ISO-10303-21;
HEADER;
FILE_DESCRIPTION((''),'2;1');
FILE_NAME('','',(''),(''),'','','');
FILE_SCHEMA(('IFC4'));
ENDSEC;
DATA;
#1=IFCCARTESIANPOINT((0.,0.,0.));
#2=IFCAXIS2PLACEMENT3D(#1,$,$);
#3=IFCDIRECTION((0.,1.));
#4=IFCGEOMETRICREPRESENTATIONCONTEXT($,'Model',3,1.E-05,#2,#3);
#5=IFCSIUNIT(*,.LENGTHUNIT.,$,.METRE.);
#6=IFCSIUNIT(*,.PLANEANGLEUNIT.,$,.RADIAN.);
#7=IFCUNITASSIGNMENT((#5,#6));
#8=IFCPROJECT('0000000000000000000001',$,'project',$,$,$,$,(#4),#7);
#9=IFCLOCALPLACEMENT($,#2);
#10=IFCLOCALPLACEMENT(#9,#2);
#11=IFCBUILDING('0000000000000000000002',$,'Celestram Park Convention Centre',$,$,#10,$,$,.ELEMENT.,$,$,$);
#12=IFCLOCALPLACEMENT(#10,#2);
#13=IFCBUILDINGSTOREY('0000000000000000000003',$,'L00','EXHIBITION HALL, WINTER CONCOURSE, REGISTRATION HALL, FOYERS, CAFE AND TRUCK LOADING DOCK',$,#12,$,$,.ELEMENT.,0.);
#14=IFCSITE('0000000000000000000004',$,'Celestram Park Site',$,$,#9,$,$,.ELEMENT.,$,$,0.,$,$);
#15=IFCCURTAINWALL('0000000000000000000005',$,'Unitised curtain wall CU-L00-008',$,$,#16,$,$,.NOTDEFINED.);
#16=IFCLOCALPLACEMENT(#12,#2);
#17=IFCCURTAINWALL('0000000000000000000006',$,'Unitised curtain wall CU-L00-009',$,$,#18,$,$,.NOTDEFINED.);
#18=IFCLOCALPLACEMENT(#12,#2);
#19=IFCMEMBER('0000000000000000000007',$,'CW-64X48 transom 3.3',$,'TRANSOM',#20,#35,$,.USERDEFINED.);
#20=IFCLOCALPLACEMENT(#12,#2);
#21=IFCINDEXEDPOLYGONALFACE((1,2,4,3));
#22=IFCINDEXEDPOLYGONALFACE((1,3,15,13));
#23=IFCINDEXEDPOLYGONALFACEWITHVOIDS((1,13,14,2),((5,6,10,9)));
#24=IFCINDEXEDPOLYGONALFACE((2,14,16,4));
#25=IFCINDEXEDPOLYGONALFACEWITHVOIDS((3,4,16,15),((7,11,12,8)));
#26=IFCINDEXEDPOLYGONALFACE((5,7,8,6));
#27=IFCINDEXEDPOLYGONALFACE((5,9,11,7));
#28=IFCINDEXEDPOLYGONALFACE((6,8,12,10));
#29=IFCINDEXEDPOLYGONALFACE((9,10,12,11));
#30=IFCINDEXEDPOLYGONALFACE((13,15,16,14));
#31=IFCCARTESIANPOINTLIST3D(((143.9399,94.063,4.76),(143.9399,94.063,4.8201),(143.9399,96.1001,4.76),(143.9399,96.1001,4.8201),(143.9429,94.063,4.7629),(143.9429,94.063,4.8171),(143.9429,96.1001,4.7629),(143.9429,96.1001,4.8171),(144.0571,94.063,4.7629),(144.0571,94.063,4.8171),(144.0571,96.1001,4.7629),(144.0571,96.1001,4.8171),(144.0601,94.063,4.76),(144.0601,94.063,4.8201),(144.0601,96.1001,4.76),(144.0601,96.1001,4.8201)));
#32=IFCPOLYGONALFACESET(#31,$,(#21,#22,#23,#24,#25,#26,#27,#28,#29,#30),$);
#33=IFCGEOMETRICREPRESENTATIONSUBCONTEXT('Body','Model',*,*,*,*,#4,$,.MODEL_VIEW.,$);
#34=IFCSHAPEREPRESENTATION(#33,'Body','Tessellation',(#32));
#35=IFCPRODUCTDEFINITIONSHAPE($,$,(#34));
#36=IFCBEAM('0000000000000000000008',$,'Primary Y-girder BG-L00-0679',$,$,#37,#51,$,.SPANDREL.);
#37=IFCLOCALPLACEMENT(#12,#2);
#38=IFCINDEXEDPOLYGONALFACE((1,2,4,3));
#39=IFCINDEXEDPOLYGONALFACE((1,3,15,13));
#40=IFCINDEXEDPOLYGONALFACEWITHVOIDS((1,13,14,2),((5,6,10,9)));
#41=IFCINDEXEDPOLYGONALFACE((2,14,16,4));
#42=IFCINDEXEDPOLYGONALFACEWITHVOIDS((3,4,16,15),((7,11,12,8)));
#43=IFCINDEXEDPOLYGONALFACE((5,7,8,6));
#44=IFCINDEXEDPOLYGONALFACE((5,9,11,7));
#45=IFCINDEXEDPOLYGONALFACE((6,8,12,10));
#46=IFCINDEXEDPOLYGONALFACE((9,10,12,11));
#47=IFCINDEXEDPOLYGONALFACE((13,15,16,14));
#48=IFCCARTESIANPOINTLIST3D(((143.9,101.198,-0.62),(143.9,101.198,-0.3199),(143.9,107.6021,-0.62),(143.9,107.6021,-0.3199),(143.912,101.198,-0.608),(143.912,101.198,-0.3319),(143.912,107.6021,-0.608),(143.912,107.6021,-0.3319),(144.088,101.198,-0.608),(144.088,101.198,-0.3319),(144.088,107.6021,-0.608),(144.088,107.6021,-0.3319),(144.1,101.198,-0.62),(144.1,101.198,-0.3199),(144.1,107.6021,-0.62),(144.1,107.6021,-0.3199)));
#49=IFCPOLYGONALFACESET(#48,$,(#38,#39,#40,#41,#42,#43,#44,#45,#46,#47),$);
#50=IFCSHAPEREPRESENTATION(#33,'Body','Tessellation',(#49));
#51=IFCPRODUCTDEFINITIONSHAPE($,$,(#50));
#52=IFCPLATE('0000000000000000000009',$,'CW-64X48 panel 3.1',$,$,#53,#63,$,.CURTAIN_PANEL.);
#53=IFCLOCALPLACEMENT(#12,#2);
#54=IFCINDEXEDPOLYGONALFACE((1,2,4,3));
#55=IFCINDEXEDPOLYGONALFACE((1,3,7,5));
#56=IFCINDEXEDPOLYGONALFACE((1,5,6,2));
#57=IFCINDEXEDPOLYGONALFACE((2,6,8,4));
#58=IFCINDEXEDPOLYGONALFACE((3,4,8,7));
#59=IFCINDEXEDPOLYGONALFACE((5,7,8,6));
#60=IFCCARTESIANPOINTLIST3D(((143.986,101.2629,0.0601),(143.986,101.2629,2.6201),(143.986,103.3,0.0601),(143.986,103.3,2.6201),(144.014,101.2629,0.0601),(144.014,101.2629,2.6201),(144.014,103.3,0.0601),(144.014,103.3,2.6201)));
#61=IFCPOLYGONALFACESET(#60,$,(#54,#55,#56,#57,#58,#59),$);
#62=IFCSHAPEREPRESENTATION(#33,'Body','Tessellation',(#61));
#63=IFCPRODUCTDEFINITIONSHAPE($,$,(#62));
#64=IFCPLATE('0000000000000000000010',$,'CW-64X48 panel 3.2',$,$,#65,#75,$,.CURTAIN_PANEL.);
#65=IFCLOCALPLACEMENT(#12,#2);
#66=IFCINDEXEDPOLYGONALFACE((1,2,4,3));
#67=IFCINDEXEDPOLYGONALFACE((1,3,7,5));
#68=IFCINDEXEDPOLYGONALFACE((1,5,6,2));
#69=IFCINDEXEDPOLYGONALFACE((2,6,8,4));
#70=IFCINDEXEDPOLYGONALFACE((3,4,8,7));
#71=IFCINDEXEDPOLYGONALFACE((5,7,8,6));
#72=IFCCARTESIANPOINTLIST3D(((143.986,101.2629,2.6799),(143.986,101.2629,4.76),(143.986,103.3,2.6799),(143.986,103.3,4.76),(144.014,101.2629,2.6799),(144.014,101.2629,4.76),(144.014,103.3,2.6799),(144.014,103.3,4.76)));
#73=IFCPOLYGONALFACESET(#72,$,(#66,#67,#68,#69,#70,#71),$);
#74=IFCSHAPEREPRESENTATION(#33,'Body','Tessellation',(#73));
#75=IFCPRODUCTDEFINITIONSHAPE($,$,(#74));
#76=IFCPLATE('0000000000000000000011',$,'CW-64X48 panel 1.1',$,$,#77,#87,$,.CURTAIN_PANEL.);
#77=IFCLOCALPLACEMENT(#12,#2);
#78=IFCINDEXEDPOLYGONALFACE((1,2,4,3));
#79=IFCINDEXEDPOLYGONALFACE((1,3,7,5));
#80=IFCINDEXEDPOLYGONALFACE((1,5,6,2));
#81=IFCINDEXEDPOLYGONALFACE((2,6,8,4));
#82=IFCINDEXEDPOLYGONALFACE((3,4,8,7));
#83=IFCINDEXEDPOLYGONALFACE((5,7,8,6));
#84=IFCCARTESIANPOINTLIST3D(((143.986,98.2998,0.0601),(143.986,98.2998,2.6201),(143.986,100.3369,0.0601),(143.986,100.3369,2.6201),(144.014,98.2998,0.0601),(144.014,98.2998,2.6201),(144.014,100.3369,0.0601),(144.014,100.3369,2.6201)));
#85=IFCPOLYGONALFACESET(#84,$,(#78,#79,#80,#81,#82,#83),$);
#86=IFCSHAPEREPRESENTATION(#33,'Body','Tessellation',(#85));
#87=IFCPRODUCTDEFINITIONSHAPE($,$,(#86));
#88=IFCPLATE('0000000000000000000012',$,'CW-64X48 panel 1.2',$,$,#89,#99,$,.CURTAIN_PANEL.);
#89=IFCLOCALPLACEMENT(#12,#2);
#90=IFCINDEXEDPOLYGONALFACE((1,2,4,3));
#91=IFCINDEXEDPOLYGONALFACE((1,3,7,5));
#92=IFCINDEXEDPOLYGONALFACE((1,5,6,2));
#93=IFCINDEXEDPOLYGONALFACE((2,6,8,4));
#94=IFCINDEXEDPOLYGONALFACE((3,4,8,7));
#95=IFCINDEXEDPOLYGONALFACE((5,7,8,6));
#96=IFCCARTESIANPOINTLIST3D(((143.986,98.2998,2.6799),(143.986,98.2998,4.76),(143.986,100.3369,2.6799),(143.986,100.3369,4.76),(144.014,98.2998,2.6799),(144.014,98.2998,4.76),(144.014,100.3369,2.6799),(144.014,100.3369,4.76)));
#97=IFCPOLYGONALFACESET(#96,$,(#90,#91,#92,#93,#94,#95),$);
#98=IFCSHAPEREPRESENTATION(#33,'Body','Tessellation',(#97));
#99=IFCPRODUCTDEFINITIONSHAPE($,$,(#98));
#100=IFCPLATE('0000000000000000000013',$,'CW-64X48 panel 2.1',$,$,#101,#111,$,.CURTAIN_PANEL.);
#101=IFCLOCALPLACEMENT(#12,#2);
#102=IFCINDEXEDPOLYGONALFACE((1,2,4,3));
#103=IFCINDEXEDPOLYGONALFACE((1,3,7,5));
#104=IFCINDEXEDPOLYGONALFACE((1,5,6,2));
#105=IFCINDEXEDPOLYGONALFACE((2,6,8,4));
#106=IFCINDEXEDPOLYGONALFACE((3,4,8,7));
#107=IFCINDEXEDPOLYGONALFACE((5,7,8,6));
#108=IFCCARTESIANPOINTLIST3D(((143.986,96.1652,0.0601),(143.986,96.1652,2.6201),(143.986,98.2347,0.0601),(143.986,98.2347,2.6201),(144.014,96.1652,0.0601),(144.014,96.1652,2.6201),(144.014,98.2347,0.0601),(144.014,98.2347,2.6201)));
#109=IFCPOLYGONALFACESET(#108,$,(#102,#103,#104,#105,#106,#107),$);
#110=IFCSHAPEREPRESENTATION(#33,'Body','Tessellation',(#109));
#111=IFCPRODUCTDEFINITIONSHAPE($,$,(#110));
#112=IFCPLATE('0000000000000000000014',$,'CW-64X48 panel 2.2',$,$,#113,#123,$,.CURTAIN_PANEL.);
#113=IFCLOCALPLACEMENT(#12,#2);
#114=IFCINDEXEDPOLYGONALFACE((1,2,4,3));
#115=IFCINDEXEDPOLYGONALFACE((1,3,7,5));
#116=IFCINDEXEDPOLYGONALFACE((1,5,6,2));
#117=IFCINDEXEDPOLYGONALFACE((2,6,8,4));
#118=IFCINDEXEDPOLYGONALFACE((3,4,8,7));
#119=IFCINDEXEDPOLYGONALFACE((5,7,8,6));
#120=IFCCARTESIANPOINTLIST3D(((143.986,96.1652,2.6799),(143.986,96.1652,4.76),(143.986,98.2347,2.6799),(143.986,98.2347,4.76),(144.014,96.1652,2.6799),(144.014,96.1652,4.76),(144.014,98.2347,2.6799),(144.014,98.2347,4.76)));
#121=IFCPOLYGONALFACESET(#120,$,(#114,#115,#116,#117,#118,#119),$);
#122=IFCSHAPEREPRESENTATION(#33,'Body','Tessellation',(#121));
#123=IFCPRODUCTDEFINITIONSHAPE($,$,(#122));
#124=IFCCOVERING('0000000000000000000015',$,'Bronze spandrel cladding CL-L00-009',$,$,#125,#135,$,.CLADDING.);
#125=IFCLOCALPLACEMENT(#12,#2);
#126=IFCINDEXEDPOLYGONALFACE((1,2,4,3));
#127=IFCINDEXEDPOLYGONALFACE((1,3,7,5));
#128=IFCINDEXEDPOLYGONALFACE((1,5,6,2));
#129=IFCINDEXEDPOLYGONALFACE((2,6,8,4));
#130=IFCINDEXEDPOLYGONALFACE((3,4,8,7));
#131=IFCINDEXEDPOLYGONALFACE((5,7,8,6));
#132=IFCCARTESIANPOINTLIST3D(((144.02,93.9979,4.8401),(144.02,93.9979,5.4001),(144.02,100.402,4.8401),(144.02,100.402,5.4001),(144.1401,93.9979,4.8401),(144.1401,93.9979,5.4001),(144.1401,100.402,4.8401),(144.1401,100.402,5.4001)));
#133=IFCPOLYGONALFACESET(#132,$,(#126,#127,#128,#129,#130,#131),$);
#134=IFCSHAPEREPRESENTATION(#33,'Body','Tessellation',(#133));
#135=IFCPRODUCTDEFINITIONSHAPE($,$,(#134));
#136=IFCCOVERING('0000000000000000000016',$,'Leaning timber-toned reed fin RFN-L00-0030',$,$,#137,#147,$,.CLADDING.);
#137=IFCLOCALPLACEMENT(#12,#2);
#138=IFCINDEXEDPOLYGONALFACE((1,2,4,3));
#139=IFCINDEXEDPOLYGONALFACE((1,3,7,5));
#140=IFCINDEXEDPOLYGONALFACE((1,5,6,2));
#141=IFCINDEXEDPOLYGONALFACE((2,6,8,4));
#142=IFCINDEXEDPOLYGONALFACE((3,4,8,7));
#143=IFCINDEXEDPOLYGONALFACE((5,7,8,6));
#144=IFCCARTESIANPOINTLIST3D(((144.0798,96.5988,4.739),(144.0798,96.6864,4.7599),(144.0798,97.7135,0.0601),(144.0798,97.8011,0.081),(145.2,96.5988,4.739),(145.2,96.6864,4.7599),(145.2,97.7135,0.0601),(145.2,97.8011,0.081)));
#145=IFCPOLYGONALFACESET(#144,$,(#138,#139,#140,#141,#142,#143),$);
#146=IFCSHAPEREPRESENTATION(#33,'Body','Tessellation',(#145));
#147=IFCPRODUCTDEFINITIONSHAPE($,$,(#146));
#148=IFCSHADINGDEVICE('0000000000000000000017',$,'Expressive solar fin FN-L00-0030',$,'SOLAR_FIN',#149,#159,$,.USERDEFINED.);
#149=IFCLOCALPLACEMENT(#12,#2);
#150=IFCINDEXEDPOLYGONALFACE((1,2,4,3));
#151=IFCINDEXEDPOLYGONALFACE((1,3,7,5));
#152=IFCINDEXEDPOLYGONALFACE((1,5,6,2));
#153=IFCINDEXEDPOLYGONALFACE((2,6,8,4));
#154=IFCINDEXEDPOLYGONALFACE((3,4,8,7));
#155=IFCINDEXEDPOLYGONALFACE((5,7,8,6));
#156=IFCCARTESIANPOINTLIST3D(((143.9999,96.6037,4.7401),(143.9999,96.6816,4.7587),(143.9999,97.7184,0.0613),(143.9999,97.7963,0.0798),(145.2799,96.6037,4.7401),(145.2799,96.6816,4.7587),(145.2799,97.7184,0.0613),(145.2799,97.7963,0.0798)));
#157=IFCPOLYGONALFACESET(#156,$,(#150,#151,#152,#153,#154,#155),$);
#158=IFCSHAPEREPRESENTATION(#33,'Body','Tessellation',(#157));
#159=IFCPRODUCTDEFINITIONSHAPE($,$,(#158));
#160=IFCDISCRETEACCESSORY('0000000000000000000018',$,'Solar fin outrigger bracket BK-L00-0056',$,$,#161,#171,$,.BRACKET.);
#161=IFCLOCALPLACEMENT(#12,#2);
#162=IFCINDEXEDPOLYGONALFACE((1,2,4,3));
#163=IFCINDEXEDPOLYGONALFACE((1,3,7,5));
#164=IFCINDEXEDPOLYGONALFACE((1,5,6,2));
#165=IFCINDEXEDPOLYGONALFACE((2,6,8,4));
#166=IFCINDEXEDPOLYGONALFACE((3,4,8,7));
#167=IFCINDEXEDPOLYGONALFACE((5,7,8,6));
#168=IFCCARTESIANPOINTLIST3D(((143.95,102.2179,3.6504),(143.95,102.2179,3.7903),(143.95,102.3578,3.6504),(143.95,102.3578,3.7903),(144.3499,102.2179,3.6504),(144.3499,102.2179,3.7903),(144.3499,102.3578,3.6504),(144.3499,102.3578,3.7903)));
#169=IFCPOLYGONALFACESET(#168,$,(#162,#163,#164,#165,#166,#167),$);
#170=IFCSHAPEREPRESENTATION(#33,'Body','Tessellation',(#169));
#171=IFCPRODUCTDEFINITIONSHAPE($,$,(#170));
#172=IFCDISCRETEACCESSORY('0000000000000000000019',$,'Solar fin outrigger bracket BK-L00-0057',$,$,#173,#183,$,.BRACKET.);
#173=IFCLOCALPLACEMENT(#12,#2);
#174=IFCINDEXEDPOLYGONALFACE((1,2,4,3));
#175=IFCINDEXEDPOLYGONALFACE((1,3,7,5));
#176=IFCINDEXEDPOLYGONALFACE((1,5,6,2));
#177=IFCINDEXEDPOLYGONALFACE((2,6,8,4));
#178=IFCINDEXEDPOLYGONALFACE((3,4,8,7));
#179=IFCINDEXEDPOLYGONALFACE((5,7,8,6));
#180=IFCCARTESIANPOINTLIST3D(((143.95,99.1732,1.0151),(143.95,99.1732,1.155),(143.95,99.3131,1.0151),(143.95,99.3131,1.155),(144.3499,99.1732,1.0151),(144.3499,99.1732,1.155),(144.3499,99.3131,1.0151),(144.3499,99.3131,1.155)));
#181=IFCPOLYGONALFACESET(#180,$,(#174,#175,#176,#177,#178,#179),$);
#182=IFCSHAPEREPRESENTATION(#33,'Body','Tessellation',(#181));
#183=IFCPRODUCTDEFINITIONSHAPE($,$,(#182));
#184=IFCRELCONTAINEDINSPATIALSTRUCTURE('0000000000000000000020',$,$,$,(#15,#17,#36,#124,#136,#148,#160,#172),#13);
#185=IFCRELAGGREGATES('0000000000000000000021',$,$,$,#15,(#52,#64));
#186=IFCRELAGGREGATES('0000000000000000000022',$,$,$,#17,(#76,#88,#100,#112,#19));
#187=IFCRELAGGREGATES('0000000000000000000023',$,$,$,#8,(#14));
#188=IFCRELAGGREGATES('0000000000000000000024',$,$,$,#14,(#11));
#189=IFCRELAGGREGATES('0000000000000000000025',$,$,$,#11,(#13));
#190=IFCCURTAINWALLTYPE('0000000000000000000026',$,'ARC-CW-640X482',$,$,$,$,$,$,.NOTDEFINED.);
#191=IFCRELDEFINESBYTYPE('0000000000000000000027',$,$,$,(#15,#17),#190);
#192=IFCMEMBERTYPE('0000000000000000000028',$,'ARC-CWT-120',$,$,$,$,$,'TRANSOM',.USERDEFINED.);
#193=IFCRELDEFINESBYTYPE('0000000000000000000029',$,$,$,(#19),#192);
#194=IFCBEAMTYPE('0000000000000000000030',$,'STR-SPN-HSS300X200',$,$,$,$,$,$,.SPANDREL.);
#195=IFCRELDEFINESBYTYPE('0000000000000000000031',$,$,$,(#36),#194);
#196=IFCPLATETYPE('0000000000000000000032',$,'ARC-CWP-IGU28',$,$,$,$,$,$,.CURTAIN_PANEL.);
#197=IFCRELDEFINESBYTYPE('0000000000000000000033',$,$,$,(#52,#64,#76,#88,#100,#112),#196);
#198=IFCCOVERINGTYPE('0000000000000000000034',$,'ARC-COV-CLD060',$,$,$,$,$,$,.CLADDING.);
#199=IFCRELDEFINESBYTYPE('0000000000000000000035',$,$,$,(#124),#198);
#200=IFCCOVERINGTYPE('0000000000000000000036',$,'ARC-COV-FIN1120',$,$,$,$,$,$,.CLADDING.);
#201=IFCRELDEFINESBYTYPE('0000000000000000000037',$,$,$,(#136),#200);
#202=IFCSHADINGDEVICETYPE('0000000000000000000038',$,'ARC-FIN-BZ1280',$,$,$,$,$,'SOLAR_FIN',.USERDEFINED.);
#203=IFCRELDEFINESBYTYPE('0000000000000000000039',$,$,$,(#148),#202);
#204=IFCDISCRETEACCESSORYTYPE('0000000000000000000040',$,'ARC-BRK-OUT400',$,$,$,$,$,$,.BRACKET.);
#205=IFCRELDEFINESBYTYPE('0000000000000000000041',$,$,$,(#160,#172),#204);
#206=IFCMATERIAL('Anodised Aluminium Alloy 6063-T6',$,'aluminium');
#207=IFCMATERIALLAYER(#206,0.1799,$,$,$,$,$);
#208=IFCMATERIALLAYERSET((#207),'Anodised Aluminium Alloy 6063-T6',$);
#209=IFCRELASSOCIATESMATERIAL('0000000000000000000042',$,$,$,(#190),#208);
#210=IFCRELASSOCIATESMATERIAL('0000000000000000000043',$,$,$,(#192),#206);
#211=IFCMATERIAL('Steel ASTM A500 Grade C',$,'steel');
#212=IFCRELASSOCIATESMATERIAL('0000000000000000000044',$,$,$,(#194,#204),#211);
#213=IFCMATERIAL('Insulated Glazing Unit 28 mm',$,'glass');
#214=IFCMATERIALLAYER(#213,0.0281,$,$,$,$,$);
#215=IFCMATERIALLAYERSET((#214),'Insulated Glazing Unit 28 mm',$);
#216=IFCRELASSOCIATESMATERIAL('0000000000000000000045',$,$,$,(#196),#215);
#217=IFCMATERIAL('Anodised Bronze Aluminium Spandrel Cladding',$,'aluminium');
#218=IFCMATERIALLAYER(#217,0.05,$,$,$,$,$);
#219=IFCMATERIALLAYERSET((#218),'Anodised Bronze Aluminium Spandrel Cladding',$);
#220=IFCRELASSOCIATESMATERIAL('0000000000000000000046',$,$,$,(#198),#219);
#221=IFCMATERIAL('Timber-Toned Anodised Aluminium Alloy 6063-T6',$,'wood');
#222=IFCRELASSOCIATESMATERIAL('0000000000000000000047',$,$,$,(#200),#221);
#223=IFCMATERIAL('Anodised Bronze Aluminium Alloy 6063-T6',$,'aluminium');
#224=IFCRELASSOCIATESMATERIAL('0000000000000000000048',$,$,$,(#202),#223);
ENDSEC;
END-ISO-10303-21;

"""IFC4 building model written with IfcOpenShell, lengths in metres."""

from ifc_helpers import new_model, si_unit, direction, frame, origin, origin_2d, place, context, subcontext, project, spatial, rectangle, hollow_rectangle, extrude, material, layer, layer_set, material_profile, profile_set, type_object, element, aggregate, save


model = new_model("IFC4")

# Units and contexts
model_context = context("Model", 3, precision=1e-05, world=origin(), true_north=direction((0.0, 1.0)))
body_context = subcontext(model_context, "Body", "Model", "MODEL_VIEW")
ifc_project = project(units=[si_unit("LENGTHUNIT", "METRE"), si_unit("PLANEANGLEUNIT", "RADIAN")], contexts=[model_context])

# Site, building, storey
site_placement = place(None, origin())
site = spatial("IfcSite", under=ifc_project, at=site_placement, Name="Celestram Park Site", CompositionType="ELEMENT", RefElevation=0.0)
building_placement = place(site_placement, origin())
building = spatial("IfcBuilding", under=site, at=building_placement, Name="Celestram Park Convention Centre", CompositionType="ELEMENT")
storey_placement = place(building_placement, origin())
storey = spatial("IfcBuildingStorey", under=building, at=storey_placement, Name="L00", Description="EXHIBITION HALL, WINTER CONCOURSE, REGISTRATION HALL, FOYERS, CAFE AND TRUCK LOADING DOCK", CompositionType="ELEMENT", Elevation=0.0)

# Curtain wall
ifc_material_1 = material(Name="Anodised Aluminium Alloy 6063-T6", Category="aluminium")
ifc_layer_1 = layer(ifc_material_1, 0.1799)
ifc_layer_set_1 = layer_set([ifc_layer_1], Name="Anodised Aluminium Alloy 6063-T6")
curtain_wall_type = type_object("IfcCurtainWallType", Name="ARC-CW-640X482", PredefinedType="NOTDEFINED", material=ifc_layer_set_1)
curtain_wall_1_placement = place(storey_placement, origin())
curtain_wall_1 = element("IfcCurtainWall", 1, at=curtain_wall_1_placement, inside=storey, type_object=curtain_wall_type, Name="Unitised curtain wall CU-L00-008", PredefinedType="NOTDEFINED")

# Curtain wall, member
curtain_wall_2_placement = place(storey_placement, origin())
curtain_wall_2 = element("IfcCurtainWall", 2, at=curtain_wall_2_placement, inside=storey, type_object=curtain_wall_type, Name="Unitised curtain wall CU-L00-009", PredefinedType="NOTDEFINED")
ifc_material_profile_1 = material_profile(ifc_material_1, hollow_rectangle(XDim=0.1201, YDim=0.0601, WallThickness=0.0029, at=origin_2d()), Name="ALU120X60X3")
ifc_profile_set_1 = profile_set([ifc_material_profile_1], Name="Anodised Aluminium Alloy 6063-T6")
member_type_1 = type_object("IfcMemberType", Name="ARC-CWT-120", ElementType="TRANSOM", PredefinedType="USERDEFINED", material=ifc_profile_set_1)
member_1_placement = place(storey_placement, frame((144.0, 96.1001, 4.79), z_axis=(0.0, -1.0, 0.0), x_axis=(1.0, 0.0, 0.0)))
member_1 = element("IfcMember", 3, at=member_1_placement, type_object=member_type_1, Name="CW-64X48 transom 3.3", ObjectType="TRANSOM", PredefinedType="USERDEFINED", context=body_context, shape_type="SweptSolid", body=[
    extrude(hollow_rectangle(XDim=0.1201, YDim=0.0601, WallThickness=0.0029, at=origin_2d()), origin(), (0.0, 0.0, 1.0), 2.0371),
])

# Beam
ifc_material_2 = material(Name="Steel ASTM A500 Grade C", Category="steel")
ifc_material_profile_2 = material_profile(ifc_material_2, hollow_rectangle(XDim=0.2, YDim=0.3, WallThickness=0.012, at=origin_2d()), Name="HSS300X200X12")
ifc_profile_set_2 = profile_set([ifc_material_profile_2], Name="Steel ASTM A500 Grade C")
beam_type = type_object("IfcBeamType", Name="STR-SPN-HSS300X200", PredefinedType="SPANDREL", material=ifc_profile_set_2)
beam_placement = place(storey_placement, frame((144.0, 101.198, -0.47), z_axis=(0.0, 1.0, 0.0), x_axis=(-1.0, 0.0, 0.0)))
element("IfcBeam", 4, at=beam_placement, inside=storey, type_object=beam_type, Name="Primary Y-girder BG-L00-0679", PredefinedType="SPANDREL", context=body_context, shape_type="SweptSolid", body=[
    extrude(hollow_rectangle(XDim=0.2, YDim=0.3, WallThickness=0.012, at=origin_2d()), origin(), (0.0, 0.0, 1.0), 6.4041),
])

# Plates
ifc_material_3 = material(Name="Insulated Glazing Unit 28 mm", Category="glass")
ifc_layer_2 = layer(ifc_material_3, 0.0281)
ifc_layer_set_2 = layer_set([ifc_layer_2], Name="Insulated Glazing Unit 28 mm")
plate_type = type_object("IfcPlateType", Name="ARC-CWP-IGU28", PredefinedType="CURTAIN_PANEL", material=ifc_layer_set_2)
plate_1_placement = place(storey_placement, frame((144.0, 102.2815, 0.0601), z_axis=(0.0, 0.0, 1.0), x_axis=(0.0, -1.0, 0.0)))
plate_1 = element("IfcPlate", 5, at=plate_1_placement, type_object=plate_type, Name="CW-64X48 panel 3.1", PredefinedType="CURTAIN_PANEL", context=body_context, shape_type="SweptSolid", body=[
    extrude(rectangle(XDim=2.0371, YDim=0.0281, at=origin_2d()), origin(), (0.0, 0.0, 1.0), 2.5601),
])
plate_2_placement = place(storey_placement, frame((144.0, 102.2815, 2.6799), z_axis=(0.0, 0.0, 1.0), x_axis=(0.0, -1.0, 0.0)))
plate_2 = element("IfcPlate", 6, at=plate_2_placement, type_object=plate_type, Name="CW-64X48 panel 3.2", PredefinedType="CURTAIN_PANEL", context=body_context, shape_type="SweptSolid", body=[
    extrude(rectangle(XDim=2.0371, YDim=0.0281, at=origin_2d()), origin(), (0.0, 0.0, 1.0), 2.0801),
])
aggregate(curtain_wall_1, [plate_1, plate_2])
plate_3_placement = place(storey_placement, frame((144.0, 99.3184, 0.0601), z_axis=(0.0, 0.0, 1.0), x_axis=(0.0, -1.0, 0.0)))
plate_3 = element("IfcPlate", 7, at=plate_3_placement, type_object=plate_type, Name="CW-64X48 panel 1.1", PredefinedType="CURTAIN_PANEL", context=body_context, shape_type="SweptSolid", body=[
    extrude(rectangle(XDim=2.0371, YDim=0.0281, at=origin_2d()), origin(), (0.0, 0.0, 1.0), 2.5601),
])
plate_4_placement = place(storey_placement, frame((144.0, 99.3184, 2.6799), z_axis=(0.0, 0.0, 1.0), x_axis=(0.0, -1.0, 0.0)))
plate_4 = element("IfcPlate", 8, at=plate_4_placement, type_object=plate_type, Name="CW-64X48 panel 1.2", PredefinedType="CURTAIN_PANEL", context=body_context, shape_type="SweptSolid", body=[
    extrude(rectangle(XDim=2.0371, YDim=0.0281, at=origin_2d()), origin(), (0.0, 0.0, 1.0), 2.0801),
])
plate_5_placement = place(storey_placement, frame((144.0, 97.2, 0.0601), z_axis=(0.0, 0.0, 1.0), x_axis=(0.0, -1.0, 0.0)))
plate_5 = element("IfcPlate", 9, at=plate_5_placement, type_object=plate_type, Name="CW-64X48 panel 2.1", PredefinedType="CURTAIN_PANEL", context=body_context, shape_type="SweptSolid", body=[
    extrude(rectangle(XDim=2.0696, YDim=0.0281, at=origin_2d()), origin(), (0.0, 0.0, 1.0), 2.5601),
])
plate_6_placement = place(storey_placement, frame((144.0, 97.2, 2.6799), z_axis=(0.0, 0.0, 1.0), x_axis=(0.0, -1.0, 0.0)))
plate_6 = element("IfcPlate", 10, at=plate_6_placement, type_object=plate_type, Name="CW-64X48 panel 2.2", PredefinedType="CURTAIN_PANEL", context=body_context, shape_type="SweptSolid", body=[
    extrude(rectangle(XDim=2.0696, YDim=0.0281, at=origin_2d()), origin(), (0.0, 0.0, 1.0), 2.0801),
])
aggregate(curtain_wall_2, [plate_3, plate_4, plate_5, plate_6, member_1])

# Coverings
ifc_material_4 = material(Name="Anodised Bronze Aluminium Spandrel Cladding", Category="aluminium")
ifc_layer_3 = layer(ifc_material_4, 0.05)
ifc_layer_set_3 = layer_set([ifc_layer_3], Name="Anodised Bronze Aluminium Spandrel Cladding")
covering_type_1 = type_object("IfcCoveringType", Name="ARC-COV-CLD060", PredefinedType="CLADDING", material=ifc_layer_set_3)
covering_1_placement = place(storey_placement, frame((144.0801, 97.2, 4.8401), z_axis=(0.0, 0.0, 1.0), x_axis=(0.0, -1.0, 0.0)))
element("IfcCovering", 11, at=covering_1_placement, inside=storey, type_object=covering_type_1, Name="Bronze spandrel cladding CL-L00-009", PredefinedType="CLADDING", context=body_context, shape_type="SweptSolid", body=[
    extrude(rectangle(XDim=6.4041, YDim=0.1201, at=origin_2d()), origin(), (0.0, 0.0, 1.0), 0.5601),
])
ifc_material_5 = material(Name="Timber-Toned Anodised Aluminium Alloy 6063-T6", Category="wood")
ifc_material_profile_3 = material_profile(ifc_material_5, rectangle(XDim=1.1201, YDim=0.0901, at=origin_2d()), Name="REED1120X90")
ifc_profile_set_3 = profile_set([ifc_material_profile_3], Name="Timber-Toned Anodised Aluminium Alloy 6063-T6")
covering_type_2 = type_object("IfcCoveringType", Name="ARC-COV-FIN1120", PredefinedType="CLADDING", material=ifc_profile_set_3)
covering_2_placement = place(storey_placement, frame((144.6399, 97.7573, 0.0706), z_axis=(0.0, -0.23176, 0.972773), x_axis=(1.0, 0.0, 0.0)))
element("IfcCovering", 12, at=covering_2_placement, inside=storey, type_object=covering_type_2, Name="Leaning timber-toned reed fin RFN-L00-0030", PredefinedType="CLADDING", context=body_context, shape_type="SweptSolid", body=[
    extrude(rectangle(XDim=1.1201, YDim=0.0901, at=origin_2d()), origin(), (0.0, 0.0, 1.0), 4.8098),
])

# Shading device
ifc_material_6 = material(Name="Anodised Bronze Aluminium Alloy 6063-T6", Category="aluminium")
ifc_material_profile_4 = material_profile(ifc_material_6, rectangle(XDim=1.28, YDim=0.0801, at=origin_2d()), Name="FIN1280X80")
ifc_profile_set_4 = profile_set([ifc_material_profile_4], Name="Anodised Bronze Aluminium Alloy 6063-T6")
shading_device_type = type_object("IfcShadingDeviceType", Name="ARC-FIN-BZ1280", ElementType="SOLAR_FIN", PredefinedType="USERDEFINED", material=ifc_profile_set_4)
shading_device_placement = place(storey_placement, frame((144.6399, 97.7573, 0.0706), z_axis=(0.0, -0.23176, 0.972773), x_axis=(1.0, 0.0, 0.0)))
element("IfcShadingDevice", 13, at=shading_device_placement, inside=storey, type_object=shading_device_type, Name="Expressive solar fin FN-L00-0030", ObjectType="SOLAR_FIN", PredefinedType="USERDEFINED", context=body_context, shape_type="SweptSolid", body=[
    extrude(rectangle(XDim=1.28, YDim=0.0801, at=origin_2d()), origin(), (0.0, 0.0, 1.0), 4.8098),
])

# Discrete accessories
discrete_accessory_type = type_object("IfcDiscreteAccessoryType", Name="ARC-BRK-OUT400", PredefinedType="BRACKET", material=ifc_material_2)
for number, where, z_axis, x_axis, name in (
    (14, (144.1499, 102.2878, 3.6504), (0.0, 0.0, 1.0), (1.0, 0.0, 0.0), "Solar fin outrigger bracket BK-L00-0056"),
    (15, (144.1499, 99.2432, 1.0151), (0.0, 0.0, 1.0), (1.0, 0.0, 0.0), "Solar fin outrigger bracket BK-L00-0057"),
):
    element("IfcDiscreteAccessory", number, at=place(storey_placement, frame(where, z_axis=z_axis, x_axis=x_axis)), inside=storey, type_object=discrete_accessory_type, Name=name, PredefinedType="BRACKET", context=body_context, shape_type="SweptSolid", body=[
        extrude(rectangle(XDim=0.3999, YDim=0.1399, at=origin_2d()), origin(), (0.0, 0.0, 1.0), 0.1399),
    ])

save(model, "model.ifc")
